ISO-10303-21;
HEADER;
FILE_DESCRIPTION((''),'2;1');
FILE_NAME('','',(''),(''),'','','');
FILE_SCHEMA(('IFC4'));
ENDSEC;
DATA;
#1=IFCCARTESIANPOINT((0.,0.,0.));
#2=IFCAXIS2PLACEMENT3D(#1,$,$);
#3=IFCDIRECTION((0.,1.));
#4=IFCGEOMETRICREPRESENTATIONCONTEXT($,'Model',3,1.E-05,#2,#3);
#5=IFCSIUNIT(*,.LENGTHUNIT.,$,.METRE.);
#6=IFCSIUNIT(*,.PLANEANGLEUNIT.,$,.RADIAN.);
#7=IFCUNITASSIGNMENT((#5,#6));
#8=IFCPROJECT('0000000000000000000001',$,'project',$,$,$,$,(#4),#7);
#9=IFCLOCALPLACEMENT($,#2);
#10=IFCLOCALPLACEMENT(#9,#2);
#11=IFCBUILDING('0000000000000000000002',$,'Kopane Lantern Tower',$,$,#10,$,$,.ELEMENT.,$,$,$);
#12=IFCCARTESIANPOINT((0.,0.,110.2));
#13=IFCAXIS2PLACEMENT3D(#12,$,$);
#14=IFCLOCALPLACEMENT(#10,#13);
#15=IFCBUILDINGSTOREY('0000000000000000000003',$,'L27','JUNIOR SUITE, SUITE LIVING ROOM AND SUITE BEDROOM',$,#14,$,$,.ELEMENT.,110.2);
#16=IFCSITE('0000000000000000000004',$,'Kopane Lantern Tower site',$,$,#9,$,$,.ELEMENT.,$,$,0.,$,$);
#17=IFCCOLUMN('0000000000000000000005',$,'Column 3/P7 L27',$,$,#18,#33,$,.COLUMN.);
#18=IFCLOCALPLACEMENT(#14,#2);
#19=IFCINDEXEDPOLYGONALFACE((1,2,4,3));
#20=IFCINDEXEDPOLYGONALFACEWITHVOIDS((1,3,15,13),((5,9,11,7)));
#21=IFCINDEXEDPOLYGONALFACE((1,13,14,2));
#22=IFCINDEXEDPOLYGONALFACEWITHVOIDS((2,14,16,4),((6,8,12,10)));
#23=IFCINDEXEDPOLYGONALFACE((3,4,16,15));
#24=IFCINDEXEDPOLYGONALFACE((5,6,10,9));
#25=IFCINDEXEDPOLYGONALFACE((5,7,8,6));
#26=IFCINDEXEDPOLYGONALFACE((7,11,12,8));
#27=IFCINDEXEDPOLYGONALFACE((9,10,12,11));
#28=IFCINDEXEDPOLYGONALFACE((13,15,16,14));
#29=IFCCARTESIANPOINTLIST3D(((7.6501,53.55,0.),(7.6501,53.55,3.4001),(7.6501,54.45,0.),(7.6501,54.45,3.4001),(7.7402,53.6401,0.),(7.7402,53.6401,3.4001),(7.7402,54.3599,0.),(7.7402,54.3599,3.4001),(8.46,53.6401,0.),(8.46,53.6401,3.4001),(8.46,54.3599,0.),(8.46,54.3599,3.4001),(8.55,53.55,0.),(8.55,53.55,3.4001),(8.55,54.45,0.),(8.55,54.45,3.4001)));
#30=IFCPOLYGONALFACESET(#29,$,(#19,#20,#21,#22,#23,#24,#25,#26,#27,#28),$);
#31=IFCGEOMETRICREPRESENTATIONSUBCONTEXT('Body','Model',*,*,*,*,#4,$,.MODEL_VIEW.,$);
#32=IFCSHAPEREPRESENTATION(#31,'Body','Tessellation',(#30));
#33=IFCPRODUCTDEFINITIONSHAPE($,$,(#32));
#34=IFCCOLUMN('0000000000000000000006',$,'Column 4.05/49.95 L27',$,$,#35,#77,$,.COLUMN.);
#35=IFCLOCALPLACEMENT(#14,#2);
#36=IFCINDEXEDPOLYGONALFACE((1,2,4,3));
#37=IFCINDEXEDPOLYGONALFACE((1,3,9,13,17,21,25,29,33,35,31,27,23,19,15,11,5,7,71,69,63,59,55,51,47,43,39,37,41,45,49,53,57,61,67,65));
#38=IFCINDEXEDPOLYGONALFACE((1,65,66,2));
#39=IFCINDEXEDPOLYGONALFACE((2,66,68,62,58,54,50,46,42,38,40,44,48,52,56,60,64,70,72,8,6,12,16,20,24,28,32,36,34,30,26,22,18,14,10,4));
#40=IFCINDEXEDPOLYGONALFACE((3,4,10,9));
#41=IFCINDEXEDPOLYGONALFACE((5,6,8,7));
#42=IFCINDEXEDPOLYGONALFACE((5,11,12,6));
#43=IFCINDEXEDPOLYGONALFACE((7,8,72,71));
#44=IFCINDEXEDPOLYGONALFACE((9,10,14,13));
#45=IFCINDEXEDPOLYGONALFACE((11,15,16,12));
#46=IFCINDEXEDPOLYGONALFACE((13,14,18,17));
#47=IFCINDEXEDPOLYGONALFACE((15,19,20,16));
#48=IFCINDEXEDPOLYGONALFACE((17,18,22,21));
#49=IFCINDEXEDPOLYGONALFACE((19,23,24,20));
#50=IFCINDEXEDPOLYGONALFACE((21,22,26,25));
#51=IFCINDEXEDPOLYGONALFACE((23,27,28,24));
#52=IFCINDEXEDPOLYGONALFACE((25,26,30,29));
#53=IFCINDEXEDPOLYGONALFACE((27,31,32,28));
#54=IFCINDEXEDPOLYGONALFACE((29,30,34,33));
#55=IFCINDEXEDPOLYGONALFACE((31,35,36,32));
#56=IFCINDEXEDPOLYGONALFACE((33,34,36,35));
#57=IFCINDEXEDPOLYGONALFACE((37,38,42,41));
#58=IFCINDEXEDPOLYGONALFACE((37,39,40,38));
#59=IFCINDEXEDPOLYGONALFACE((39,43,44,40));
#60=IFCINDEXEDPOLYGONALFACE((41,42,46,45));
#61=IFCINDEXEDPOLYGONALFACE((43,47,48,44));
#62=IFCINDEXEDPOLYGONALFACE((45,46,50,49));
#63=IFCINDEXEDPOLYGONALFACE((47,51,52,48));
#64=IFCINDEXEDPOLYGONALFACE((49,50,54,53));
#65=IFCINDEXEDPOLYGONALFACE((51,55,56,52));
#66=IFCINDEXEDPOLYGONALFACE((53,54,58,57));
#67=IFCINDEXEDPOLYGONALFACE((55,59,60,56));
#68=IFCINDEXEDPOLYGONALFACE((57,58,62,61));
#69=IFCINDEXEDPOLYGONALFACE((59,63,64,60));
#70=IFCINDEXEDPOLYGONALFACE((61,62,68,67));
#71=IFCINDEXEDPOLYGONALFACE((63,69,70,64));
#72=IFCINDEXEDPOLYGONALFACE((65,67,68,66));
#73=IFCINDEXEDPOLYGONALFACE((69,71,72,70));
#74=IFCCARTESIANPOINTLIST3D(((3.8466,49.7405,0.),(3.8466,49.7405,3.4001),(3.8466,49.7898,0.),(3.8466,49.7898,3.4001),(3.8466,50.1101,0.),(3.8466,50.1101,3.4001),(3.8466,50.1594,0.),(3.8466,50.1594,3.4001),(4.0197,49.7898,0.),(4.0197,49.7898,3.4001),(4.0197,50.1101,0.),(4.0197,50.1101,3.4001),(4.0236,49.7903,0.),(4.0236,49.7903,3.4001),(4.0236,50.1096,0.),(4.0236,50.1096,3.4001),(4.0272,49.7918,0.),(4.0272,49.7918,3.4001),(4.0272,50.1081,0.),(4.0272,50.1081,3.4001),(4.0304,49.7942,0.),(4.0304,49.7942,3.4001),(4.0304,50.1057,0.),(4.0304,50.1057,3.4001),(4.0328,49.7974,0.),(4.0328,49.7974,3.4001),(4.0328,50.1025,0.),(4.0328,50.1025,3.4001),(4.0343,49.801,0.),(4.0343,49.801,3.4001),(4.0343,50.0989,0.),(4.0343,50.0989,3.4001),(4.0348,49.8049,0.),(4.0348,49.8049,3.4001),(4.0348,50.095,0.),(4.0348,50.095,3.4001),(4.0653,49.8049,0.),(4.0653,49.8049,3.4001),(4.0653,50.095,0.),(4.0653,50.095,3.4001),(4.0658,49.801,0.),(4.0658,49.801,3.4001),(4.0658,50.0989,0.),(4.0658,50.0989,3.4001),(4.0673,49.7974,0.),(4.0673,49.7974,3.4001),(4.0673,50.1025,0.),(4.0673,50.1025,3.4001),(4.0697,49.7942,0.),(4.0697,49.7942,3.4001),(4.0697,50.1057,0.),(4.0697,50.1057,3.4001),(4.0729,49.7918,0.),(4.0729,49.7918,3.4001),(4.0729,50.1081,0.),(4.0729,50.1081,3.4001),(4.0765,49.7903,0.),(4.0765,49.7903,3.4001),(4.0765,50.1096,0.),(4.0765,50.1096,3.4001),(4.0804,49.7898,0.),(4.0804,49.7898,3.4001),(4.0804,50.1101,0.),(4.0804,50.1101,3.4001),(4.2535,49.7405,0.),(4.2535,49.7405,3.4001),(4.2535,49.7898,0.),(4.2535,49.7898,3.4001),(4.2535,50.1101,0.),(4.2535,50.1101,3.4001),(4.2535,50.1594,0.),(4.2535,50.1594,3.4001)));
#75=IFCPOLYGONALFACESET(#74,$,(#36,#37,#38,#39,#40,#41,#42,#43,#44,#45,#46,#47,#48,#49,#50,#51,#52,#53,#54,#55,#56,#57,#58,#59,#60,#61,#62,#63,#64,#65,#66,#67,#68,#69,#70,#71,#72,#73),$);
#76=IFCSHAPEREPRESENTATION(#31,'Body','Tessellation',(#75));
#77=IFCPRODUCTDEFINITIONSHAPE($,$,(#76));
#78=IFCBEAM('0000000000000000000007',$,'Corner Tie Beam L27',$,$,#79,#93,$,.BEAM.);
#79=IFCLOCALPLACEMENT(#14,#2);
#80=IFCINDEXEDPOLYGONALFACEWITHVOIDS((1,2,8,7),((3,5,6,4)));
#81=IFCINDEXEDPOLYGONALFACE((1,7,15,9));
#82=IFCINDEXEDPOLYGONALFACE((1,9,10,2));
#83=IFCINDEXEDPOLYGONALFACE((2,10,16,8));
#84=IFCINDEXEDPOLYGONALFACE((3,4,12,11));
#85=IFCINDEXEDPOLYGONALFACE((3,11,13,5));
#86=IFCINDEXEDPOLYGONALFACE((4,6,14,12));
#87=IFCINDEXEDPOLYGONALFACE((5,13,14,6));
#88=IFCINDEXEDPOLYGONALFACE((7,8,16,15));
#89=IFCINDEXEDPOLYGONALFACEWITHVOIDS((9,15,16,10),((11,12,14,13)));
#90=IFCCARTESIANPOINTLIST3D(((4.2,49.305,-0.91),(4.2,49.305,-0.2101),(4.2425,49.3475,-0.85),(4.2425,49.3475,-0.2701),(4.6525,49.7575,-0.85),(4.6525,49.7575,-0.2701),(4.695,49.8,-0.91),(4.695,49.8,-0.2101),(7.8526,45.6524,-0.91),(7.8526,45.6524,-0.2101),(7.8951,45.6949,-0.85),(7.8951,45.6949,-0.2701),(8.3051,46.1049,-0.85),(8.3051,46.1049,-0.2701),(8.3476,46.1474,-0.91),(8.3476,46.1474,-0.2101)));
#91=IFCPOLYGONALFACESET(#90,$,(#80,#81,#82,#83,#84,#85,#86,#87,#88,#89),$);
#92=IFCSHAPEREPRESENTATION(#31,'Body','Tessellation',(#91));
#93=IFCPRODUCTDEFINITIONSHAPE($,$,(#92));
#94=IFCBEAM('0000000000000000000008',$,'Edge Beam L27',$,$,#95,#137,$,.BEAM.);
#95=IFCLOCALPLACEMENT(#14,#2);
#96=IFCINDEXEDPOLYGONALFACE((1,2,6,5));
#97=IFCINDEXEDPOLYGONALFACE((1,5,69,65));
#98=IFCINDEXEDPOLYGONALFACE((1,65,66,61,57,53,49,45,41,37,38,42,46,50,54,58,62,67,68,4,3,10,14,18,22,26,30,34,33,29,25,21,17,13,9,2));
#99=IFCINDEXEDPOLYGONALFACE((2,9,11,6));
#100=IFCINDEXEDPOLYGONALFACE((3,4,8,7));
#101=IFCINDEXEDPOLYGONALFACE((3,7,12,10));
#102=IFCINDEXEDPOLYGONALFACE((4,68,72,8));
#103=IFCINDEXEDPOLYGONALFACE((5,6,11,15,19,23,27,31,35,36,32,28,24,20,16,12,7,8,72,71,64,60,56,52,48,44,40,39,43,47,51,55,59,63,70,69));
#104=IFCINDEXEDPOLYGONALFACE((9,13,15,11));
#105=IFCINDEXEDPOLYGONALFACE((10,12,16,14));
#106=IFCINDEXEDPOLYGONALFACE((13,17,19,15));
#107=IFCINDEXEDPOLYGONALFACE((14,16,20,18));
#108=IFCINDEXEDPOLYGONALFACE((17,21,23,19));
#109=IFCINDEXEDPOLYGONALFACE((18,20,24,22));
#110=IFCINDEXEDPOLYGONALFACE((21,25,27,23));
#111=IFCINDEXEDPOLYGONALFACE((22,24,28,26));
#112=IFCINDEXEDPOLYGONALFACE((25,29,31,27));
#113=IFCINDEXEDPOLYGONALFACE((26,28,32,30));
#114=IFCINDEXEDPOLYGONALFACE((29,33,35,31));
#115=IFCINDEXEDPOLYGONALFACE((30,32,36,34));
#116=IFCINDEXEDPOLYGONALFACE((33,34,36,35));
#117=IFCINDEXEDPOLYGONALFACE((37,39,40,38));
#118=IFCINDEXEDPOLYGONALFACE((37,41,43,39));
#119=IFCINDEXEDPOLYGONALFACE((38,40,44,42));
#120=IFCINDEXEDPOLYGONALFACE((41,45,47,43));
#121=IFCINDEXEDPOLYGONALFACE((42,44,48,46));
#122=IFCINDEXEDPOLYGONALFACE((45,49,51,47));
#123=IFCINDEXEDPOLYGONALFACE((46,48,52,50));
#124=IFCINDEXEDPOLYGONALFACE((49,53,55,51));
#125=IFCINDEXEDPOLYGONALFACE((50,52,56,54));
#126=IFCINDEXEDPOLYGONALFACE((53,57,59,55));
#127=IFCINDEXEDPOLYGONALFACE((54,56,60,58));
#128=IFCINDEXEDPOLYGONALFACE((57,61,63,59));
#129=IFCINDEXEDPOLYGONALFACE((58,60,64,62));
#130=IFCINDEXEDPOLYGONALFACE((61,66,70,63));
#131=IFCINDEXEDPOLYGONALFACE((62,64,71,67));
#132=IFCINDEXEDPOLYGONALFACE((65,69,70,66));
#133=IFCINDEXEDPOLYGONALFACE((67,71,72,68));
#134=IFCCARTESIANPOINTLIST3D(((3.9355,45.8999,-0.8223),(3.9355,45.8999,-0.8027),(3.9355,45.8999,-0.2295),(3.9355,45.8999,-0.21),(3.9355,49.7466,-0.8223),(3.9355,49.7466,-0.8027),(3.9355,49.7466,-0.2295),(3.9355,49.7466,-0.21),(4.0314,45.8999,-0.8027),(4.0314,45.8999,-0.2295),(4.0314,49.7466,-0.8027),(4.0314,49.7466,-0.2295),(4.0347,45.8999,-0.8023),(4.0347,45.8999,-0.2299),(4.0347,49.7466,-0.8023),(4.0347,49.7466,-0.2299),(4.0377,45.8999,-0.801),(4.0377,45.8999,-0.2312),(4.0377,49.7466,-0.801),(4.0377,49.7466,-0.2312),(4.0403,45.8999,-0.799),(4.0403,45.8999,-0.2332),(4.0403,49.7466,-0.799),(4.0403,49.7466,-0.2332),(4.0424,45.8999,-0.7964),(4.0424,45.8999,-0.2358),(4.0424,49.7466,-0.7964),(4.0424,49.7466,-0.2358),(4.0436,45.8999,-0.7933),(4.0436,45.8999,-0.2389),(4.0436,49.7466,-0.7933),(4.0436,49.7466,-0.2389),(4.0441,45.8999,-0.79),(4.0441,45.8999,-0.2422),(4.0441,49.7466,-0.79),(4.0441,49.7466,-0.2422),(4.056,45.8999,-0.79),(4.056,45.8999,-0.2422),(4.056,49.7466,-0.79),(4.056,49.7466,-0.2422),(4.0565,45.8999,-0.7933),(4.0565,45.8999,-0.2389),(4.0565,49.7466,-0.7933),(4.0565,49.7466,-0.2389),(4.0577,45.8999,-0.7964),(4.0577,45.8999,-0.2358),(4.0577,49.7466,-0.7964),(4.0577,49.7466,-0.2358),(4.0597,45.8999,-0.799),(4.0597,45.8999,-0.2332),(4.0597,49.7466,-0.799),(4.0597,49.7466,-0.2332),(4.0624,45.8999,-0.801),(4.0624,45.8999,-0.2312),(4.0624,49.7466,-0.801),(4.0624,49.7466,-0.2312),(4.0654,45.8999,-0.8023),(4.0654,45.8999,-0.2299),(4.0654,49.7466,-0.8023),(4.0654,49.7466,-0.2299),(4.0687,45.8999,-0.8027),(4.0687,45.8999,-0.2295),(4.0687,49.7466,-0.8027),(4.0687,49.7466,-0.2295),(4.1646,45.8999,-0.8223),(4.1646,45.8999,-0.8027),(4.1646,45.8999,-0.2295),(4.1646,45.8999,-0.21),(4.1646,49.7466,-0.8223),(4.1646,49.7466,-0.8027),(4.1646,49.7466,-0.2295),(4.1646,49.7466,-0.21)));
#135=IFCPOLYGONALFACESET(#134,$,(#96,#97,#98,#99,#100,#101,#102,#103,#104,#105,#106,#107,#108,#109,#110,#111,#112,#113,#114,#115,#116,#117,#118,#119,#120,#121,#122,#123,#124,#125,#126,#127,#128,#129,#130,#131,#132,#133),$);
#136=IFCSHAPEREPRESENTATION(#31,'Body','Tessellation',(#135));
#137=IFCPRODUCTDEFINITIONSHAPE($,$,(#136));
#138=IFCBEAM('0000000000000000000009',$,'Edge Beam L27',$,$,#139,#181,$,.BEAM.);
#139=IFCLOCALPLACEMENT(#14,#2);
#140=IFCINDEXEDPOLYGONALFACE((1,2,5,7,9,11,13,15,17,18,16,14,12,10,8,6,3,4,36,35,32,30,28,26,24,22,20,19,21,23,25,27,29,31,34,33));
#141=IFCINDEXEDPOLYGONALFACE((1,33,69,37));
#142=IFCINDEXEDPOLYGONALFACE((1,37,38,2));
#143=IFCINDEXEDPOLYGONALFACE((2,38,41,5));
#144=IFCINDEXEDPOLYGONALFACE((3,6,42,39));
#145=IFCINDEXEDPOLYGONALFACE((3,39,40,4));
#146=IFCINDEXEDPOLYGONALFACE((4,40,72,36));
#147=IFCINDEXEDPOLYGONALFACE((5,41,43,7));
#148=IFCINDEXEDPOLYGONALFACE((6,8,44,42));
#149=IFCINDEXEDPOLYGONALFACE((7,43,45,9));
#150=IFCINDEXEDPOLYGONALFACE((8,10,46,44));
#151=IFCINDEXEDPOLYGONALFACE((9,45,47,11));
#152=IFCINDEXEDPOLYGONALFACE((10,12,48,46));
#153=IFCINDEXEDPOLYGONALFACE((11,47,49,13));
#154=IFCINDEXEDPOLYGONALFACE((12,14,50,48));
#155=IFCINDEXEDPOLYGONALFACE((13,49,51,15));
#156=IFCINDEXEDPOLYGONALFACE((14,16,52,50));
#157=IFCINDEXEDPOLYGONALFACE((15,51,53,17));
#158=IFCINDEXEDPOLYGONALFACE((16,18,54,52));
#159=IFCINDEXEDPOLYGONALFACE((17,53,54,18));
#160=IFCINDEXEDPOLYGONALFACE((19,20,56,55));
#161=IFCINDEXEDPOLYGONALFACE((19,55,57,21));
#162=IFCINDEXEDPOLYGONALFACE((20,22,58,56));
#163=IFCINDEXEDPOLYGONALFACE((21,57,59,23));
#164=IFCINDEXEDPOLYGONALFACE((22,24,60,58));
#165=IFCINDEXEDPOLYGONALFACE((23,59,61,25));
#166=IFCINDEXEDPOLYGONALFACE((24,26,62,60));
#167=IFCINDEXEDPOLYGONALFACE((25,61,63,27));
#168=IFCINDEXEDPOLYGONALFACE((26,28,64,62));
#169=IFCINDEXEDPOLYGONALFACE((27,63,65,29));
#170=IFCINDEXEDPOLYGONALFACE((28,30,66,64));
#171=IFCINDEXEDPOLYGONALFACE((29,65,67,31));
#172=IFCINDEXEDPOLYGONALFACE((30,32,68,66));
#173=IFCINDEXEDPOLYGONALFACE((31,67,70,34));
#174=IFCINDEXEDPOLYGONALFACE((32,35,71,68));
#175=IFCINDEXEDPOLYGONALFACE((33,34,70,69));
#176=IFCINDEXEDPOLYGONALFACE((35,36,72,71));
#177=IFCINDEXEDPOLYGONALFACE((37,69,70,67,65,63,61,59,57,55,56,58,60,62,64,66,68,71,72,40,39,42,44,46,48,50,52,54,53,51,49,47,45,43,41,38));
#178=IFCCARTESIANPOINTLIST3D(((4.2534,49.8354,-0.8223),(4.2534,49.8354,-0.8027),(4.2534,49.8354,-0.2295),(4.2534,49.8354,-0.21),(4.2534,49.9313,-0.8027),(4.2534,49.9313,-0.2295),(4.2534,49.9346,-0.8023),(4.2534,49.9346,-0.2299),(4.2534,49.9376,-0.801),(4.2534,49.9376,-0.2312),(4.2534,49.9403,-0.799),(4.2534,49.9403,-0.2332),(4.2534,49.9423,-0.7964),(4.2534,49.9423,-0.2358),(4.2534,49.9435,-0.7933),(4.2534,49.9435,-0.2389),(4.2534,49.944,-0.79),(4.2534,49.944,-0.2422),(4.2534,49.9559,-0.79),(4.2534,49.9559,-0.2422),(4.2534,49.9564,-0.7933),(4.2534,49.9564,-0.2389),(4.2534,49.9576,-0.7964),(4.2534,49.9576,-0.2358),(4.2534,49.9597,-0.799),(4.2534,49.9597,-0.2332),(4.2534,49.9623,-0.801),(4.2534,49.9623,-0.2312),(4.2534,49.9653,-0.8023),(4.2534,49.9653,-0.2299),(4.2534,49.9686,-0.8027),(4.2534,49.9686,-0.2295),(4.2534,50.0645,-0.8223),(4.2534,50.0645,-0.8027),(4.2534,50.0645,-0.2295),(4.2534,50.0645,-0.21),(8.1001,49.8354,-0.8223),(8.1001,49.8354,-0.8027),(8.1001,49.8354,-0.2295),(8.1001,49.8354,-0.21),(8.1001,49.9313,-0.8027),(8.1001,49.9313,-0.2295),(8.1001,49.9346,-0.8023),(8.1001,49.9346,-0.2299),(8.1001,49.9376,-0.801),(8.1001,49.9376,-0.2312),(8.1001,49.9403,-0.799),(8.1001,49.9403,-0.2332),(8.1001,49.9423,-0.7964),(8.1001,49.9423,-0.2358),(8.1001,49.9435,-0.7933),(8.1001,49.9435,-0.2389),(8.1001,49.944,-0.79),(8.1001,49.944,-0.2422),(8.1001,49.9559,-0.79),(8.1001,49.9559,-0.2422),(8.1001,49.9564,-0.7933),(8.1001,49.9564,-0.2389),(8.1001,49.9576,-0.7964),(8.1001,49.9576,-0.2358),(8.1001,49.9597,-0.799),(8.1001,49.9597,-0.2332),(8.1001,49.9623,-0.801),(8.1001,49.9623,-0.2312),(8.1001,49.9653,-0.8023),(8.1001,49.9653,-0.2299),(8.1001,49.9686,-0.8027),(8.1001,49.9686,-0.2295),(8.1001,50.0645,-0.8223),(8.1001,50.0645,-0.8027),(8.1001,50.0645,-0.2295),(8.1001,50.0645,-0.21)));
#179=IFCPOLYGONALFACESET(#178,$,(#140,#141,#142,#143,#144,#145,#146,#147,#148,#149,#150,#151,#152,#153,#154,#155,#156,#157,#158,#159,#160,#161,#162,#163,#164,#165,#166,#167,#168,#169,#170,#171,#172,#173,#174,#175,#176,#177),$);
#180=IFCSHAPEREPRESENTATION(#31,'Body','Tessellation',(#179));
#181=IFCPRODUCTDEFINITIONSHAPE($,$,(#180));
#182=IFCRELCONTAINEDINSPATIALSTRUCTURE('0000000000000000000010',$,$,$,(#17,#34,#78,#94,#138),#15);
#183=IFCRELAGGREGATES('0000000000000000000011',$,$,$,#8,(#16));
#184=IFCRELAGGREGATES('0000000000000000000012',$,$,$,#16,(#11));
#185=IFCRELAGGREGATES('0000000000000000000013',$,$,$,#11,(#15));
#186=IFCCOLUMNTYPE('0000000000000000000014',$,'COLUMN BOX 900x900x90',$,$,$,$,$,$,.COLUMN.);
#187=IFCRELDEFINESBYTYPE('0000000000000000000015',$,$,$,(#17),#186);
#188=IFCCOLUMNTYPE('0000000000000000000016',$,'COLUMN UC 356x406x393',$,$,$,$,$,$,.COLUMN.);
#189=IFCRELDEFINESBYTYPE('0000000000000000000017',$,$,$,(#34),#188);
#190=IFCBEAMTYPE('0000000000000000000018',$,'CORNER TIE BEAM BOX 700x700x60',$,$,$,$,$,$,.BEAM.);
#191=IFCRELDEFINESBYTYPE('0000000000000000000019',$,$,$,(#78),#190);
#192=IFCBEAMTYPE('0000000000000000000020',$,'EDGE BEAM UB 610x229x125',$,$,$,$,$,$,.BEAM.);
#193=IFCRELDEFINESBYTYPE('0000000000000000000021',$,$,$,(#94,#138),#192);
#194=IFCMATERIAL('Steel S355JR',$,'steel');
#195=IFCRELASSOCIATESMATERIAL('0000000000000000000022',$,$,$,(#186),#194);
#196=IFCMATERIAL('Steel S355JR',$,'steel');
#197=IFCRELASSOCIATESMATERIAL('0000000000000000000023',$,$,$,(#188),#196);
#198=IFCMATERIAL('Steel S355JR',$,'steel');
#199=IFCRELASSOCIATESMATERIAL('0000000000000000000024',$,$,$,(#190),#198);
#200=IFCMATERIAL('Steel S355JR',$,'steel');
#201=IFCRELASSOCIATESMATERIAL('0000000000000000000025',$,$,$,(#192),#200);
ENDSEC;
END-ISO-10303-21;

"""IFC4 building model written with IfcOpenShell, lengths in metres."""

from ifc_helpers import new_model, si_unit, direction, frame, origin, origin_2d, place, context, subcontext, project, spatial, hollow_rectangle, i_section, extrude, material, material_profile, profile_set, type_object, element, save


model = new_model("IFC4")

# Units and contexts
model_context = context("Model", 3, precision=1e-05, world=origin(), true_north=direction((0.0, 1.0)))
body_context = subcontext(model_context, "Body", "Model", "MODEL_VIEW")
ifc_project = project(units=[si_unit("LENGTHUNIT", "METRE"), si_unit("PLANEANGLEUNIT", "RADIAN")], contexts=[model_context])

# Site, building, storey
site_placement = place(None, origin())
site = spatial("IfcSite", under=ifc_project, at=site_placement, Name="Kopane Lantern Tower site", CompositionType="ELEMENT", RefElevation=0.0)
building_placement = place(site_placement, origin())
building = spatial("IfcBuilding", under=site, at=building_placement, Name="Kopane Lantern Tower", CompositionType="ELEMENT")
storey_placement = place(building_placement, frame((0.0, 0.0, 110.2)))
storey = spatial("IfcBuildingStorey", under=building, at=storey_placement, Name="L27", Description="JUNIOR SUITE, SUITE LIVING ROOM AND SUITE BEDROOM", CompositionType="ELEMENT", Elevation=110.2)

# Columns
ifc_material_1 = material(Name="Steel S355JR", Category="steel")
ifc_material_profile_1 = material_profile(ifc_material_1, hollow_rectangle(XDim=0.8999, YDim=0.8999, WallThickness=0.0901, at=origin_2d()), Name="BOX 900x900x90")
ifc_profile_set_1 = profile_set([ifc_material_profile_1], Name="Steel S355JR")
column_type_1 = type_object("IfcColumnType", Name="COLUMN BOX 900x900x90", PredefinedType="COLUMN", material=ifc_profile_set_1)
column_1_placement = place(storey_placement, frame((8.1001, 54.0, 0.0), z_axis=(0.0, 0.0, 1.0), x_axis=(1.0, 0.0, 0.0)))
element("IfcColumn", 1, at=column_1_placement, inside=storey, type_object=column_type_1, Name="Column 3/P7 L27", PredefinedType="COLUMN", context=body_context, shape_type="SweptSolid", body=[
    extrude(hollow_rectangle(XDim=0.8999, YDim=0.8999, WallThickness=0.0901, at=origin_2d()), origin(), (0.0, 0.0, 1.0), 3.4001),
])
ifc_material_2 = material(Name="Steel S355JR", Category="steel")
ifc_material_profile_2 = material_profile(ifc_material_2, i_section(OverallWidth=0.407, OverallDepth=0.4189, WebThickness=0.0305, FlangeThickness=0.0493, FilletRadius=0.0151, at=origin_2d()), Name="UC 356x406x393")
ifc_profile_set_2 = profile_set([ifc_material_profile_2], Name="Steel S355JR")
column_type_2 = type_object("IfcColumnType", Name="COLUMN UC 356x406x393", PredefinedType="COLUMN", material=ifc_profile_set_2)
column_2_placement = place(storey_placement, frame((4.05, 49.95, 0.0), z_axis=(0.0, 0.0, 1.0), x_axis=(1.0, 0.0, 0.0)))
element("IfcColumn", 2, at=column_2_placement, inside=storey, type_object=column_type_2, Name="Column 4.05/49.95 L27", PredefinedType="COLUMN", context=body_context, shape_type="SweptSolid", body=[
    extrude(i_section(OverallWidth=0.407, OverallDepth=0.4189, WebThickness=0.0305, FlangeThickness=0.0493, FilletRadius=0.0151, at=origin_2d()), origin(), (0.0, 0.0, 1.0), 3.4001),
])

# Beams
ifc_material_3 = material(Name="Steel S355JR", Category="steel")
ifc_material_profile_3 = material_profile(ifc_material_3, hollow_rectangle(XDim=0.7, YDim=0.7, WallThickness=0.0601, at=origin_2d()), Name="BOX 700x700x60")
ifc_profile_set_3 = profile_set([ifc_material_profile_3], Name="Steel S355JR")
beam_type_1 = type_object("IfcBeamType", Name="CORNER TIE BEAM BOX 700x700x60", PredefinedType="BEAM", material=ifc_profile_set_3)
beam_1_placement = place(storey_placement, frame((4.4475, 49.5525, -0.5601), z_axis=(0.707107, -0.707107, 0.0), x_axis=(0.707107, 0.707107, 0.0)))
element("IfcBeam", 3, at=beam_1_placement, inside=storey, type_object=beam_type_1, Name="Corner Tie Beam L27", PredefinedType="BEAM", context=body_context, shape_type="SweptSolid", body=[
    extrude(hollow_rectangle(XDim=0.7, YDim=0.7, WallThickness=0.0601, at=origin_2d()), origin(), (0.0, 0.0, 1.0), 5.1655),
])
ifc_material_4 = material(Name="Steel S355JR", Category="steel")
ifc_material_profile_4 = material_profile(ifc_material_4, i_section(OverallWidth=0.229, OverallDepth=0.6123, WebThickness=0.012, FlangeThickness=0.0195, FilletRadius=0.0127, at=origin_2d()), Name="UB 610x229x125")
ifc_profile_set_4 = profile_set([ifc_material_profile_4], Name="Steel S355JR")
beam_type_2 = type_object("IfcBeamType", Name="EDGE BEAM UB 610x229x125", PredefinedType="BEAM", material=ifc_profile_set_4)
for number, where, z_axis, x_axis, name in (
    (4, (4.05, 49.7466, -0.5161), (0.0, -1.0, 0.0), (1.0, 0.0, 0.0), "Edge Beam L27"),
    (5, (4.2534, 49.95, -0.5161), (1.0, 0.0, 0.0), (0.0, 1.0, 0.0), "Edge Beam L27"),
):
    element("IfcBeam", number, at=place(storey_placement, frame(where, z_axis=z_axis, x_axis=x_axis)), inside=storey, type_object=beam_type_2, Name=name, PredefinedType="BEAM", context=body_context, shape_type="SweptSolid", body=[
        extrude(i_section(OverallWidth=0.229, OverallDepth=0.6123, WebThickness=0.012, FlangeThickness=0.0195, FilletRadius=0.0127, at=origin_2d()), origin(), (0.0, 0.0, 1.0), 3.8467),
    ])

save(model, "model.ifc")
